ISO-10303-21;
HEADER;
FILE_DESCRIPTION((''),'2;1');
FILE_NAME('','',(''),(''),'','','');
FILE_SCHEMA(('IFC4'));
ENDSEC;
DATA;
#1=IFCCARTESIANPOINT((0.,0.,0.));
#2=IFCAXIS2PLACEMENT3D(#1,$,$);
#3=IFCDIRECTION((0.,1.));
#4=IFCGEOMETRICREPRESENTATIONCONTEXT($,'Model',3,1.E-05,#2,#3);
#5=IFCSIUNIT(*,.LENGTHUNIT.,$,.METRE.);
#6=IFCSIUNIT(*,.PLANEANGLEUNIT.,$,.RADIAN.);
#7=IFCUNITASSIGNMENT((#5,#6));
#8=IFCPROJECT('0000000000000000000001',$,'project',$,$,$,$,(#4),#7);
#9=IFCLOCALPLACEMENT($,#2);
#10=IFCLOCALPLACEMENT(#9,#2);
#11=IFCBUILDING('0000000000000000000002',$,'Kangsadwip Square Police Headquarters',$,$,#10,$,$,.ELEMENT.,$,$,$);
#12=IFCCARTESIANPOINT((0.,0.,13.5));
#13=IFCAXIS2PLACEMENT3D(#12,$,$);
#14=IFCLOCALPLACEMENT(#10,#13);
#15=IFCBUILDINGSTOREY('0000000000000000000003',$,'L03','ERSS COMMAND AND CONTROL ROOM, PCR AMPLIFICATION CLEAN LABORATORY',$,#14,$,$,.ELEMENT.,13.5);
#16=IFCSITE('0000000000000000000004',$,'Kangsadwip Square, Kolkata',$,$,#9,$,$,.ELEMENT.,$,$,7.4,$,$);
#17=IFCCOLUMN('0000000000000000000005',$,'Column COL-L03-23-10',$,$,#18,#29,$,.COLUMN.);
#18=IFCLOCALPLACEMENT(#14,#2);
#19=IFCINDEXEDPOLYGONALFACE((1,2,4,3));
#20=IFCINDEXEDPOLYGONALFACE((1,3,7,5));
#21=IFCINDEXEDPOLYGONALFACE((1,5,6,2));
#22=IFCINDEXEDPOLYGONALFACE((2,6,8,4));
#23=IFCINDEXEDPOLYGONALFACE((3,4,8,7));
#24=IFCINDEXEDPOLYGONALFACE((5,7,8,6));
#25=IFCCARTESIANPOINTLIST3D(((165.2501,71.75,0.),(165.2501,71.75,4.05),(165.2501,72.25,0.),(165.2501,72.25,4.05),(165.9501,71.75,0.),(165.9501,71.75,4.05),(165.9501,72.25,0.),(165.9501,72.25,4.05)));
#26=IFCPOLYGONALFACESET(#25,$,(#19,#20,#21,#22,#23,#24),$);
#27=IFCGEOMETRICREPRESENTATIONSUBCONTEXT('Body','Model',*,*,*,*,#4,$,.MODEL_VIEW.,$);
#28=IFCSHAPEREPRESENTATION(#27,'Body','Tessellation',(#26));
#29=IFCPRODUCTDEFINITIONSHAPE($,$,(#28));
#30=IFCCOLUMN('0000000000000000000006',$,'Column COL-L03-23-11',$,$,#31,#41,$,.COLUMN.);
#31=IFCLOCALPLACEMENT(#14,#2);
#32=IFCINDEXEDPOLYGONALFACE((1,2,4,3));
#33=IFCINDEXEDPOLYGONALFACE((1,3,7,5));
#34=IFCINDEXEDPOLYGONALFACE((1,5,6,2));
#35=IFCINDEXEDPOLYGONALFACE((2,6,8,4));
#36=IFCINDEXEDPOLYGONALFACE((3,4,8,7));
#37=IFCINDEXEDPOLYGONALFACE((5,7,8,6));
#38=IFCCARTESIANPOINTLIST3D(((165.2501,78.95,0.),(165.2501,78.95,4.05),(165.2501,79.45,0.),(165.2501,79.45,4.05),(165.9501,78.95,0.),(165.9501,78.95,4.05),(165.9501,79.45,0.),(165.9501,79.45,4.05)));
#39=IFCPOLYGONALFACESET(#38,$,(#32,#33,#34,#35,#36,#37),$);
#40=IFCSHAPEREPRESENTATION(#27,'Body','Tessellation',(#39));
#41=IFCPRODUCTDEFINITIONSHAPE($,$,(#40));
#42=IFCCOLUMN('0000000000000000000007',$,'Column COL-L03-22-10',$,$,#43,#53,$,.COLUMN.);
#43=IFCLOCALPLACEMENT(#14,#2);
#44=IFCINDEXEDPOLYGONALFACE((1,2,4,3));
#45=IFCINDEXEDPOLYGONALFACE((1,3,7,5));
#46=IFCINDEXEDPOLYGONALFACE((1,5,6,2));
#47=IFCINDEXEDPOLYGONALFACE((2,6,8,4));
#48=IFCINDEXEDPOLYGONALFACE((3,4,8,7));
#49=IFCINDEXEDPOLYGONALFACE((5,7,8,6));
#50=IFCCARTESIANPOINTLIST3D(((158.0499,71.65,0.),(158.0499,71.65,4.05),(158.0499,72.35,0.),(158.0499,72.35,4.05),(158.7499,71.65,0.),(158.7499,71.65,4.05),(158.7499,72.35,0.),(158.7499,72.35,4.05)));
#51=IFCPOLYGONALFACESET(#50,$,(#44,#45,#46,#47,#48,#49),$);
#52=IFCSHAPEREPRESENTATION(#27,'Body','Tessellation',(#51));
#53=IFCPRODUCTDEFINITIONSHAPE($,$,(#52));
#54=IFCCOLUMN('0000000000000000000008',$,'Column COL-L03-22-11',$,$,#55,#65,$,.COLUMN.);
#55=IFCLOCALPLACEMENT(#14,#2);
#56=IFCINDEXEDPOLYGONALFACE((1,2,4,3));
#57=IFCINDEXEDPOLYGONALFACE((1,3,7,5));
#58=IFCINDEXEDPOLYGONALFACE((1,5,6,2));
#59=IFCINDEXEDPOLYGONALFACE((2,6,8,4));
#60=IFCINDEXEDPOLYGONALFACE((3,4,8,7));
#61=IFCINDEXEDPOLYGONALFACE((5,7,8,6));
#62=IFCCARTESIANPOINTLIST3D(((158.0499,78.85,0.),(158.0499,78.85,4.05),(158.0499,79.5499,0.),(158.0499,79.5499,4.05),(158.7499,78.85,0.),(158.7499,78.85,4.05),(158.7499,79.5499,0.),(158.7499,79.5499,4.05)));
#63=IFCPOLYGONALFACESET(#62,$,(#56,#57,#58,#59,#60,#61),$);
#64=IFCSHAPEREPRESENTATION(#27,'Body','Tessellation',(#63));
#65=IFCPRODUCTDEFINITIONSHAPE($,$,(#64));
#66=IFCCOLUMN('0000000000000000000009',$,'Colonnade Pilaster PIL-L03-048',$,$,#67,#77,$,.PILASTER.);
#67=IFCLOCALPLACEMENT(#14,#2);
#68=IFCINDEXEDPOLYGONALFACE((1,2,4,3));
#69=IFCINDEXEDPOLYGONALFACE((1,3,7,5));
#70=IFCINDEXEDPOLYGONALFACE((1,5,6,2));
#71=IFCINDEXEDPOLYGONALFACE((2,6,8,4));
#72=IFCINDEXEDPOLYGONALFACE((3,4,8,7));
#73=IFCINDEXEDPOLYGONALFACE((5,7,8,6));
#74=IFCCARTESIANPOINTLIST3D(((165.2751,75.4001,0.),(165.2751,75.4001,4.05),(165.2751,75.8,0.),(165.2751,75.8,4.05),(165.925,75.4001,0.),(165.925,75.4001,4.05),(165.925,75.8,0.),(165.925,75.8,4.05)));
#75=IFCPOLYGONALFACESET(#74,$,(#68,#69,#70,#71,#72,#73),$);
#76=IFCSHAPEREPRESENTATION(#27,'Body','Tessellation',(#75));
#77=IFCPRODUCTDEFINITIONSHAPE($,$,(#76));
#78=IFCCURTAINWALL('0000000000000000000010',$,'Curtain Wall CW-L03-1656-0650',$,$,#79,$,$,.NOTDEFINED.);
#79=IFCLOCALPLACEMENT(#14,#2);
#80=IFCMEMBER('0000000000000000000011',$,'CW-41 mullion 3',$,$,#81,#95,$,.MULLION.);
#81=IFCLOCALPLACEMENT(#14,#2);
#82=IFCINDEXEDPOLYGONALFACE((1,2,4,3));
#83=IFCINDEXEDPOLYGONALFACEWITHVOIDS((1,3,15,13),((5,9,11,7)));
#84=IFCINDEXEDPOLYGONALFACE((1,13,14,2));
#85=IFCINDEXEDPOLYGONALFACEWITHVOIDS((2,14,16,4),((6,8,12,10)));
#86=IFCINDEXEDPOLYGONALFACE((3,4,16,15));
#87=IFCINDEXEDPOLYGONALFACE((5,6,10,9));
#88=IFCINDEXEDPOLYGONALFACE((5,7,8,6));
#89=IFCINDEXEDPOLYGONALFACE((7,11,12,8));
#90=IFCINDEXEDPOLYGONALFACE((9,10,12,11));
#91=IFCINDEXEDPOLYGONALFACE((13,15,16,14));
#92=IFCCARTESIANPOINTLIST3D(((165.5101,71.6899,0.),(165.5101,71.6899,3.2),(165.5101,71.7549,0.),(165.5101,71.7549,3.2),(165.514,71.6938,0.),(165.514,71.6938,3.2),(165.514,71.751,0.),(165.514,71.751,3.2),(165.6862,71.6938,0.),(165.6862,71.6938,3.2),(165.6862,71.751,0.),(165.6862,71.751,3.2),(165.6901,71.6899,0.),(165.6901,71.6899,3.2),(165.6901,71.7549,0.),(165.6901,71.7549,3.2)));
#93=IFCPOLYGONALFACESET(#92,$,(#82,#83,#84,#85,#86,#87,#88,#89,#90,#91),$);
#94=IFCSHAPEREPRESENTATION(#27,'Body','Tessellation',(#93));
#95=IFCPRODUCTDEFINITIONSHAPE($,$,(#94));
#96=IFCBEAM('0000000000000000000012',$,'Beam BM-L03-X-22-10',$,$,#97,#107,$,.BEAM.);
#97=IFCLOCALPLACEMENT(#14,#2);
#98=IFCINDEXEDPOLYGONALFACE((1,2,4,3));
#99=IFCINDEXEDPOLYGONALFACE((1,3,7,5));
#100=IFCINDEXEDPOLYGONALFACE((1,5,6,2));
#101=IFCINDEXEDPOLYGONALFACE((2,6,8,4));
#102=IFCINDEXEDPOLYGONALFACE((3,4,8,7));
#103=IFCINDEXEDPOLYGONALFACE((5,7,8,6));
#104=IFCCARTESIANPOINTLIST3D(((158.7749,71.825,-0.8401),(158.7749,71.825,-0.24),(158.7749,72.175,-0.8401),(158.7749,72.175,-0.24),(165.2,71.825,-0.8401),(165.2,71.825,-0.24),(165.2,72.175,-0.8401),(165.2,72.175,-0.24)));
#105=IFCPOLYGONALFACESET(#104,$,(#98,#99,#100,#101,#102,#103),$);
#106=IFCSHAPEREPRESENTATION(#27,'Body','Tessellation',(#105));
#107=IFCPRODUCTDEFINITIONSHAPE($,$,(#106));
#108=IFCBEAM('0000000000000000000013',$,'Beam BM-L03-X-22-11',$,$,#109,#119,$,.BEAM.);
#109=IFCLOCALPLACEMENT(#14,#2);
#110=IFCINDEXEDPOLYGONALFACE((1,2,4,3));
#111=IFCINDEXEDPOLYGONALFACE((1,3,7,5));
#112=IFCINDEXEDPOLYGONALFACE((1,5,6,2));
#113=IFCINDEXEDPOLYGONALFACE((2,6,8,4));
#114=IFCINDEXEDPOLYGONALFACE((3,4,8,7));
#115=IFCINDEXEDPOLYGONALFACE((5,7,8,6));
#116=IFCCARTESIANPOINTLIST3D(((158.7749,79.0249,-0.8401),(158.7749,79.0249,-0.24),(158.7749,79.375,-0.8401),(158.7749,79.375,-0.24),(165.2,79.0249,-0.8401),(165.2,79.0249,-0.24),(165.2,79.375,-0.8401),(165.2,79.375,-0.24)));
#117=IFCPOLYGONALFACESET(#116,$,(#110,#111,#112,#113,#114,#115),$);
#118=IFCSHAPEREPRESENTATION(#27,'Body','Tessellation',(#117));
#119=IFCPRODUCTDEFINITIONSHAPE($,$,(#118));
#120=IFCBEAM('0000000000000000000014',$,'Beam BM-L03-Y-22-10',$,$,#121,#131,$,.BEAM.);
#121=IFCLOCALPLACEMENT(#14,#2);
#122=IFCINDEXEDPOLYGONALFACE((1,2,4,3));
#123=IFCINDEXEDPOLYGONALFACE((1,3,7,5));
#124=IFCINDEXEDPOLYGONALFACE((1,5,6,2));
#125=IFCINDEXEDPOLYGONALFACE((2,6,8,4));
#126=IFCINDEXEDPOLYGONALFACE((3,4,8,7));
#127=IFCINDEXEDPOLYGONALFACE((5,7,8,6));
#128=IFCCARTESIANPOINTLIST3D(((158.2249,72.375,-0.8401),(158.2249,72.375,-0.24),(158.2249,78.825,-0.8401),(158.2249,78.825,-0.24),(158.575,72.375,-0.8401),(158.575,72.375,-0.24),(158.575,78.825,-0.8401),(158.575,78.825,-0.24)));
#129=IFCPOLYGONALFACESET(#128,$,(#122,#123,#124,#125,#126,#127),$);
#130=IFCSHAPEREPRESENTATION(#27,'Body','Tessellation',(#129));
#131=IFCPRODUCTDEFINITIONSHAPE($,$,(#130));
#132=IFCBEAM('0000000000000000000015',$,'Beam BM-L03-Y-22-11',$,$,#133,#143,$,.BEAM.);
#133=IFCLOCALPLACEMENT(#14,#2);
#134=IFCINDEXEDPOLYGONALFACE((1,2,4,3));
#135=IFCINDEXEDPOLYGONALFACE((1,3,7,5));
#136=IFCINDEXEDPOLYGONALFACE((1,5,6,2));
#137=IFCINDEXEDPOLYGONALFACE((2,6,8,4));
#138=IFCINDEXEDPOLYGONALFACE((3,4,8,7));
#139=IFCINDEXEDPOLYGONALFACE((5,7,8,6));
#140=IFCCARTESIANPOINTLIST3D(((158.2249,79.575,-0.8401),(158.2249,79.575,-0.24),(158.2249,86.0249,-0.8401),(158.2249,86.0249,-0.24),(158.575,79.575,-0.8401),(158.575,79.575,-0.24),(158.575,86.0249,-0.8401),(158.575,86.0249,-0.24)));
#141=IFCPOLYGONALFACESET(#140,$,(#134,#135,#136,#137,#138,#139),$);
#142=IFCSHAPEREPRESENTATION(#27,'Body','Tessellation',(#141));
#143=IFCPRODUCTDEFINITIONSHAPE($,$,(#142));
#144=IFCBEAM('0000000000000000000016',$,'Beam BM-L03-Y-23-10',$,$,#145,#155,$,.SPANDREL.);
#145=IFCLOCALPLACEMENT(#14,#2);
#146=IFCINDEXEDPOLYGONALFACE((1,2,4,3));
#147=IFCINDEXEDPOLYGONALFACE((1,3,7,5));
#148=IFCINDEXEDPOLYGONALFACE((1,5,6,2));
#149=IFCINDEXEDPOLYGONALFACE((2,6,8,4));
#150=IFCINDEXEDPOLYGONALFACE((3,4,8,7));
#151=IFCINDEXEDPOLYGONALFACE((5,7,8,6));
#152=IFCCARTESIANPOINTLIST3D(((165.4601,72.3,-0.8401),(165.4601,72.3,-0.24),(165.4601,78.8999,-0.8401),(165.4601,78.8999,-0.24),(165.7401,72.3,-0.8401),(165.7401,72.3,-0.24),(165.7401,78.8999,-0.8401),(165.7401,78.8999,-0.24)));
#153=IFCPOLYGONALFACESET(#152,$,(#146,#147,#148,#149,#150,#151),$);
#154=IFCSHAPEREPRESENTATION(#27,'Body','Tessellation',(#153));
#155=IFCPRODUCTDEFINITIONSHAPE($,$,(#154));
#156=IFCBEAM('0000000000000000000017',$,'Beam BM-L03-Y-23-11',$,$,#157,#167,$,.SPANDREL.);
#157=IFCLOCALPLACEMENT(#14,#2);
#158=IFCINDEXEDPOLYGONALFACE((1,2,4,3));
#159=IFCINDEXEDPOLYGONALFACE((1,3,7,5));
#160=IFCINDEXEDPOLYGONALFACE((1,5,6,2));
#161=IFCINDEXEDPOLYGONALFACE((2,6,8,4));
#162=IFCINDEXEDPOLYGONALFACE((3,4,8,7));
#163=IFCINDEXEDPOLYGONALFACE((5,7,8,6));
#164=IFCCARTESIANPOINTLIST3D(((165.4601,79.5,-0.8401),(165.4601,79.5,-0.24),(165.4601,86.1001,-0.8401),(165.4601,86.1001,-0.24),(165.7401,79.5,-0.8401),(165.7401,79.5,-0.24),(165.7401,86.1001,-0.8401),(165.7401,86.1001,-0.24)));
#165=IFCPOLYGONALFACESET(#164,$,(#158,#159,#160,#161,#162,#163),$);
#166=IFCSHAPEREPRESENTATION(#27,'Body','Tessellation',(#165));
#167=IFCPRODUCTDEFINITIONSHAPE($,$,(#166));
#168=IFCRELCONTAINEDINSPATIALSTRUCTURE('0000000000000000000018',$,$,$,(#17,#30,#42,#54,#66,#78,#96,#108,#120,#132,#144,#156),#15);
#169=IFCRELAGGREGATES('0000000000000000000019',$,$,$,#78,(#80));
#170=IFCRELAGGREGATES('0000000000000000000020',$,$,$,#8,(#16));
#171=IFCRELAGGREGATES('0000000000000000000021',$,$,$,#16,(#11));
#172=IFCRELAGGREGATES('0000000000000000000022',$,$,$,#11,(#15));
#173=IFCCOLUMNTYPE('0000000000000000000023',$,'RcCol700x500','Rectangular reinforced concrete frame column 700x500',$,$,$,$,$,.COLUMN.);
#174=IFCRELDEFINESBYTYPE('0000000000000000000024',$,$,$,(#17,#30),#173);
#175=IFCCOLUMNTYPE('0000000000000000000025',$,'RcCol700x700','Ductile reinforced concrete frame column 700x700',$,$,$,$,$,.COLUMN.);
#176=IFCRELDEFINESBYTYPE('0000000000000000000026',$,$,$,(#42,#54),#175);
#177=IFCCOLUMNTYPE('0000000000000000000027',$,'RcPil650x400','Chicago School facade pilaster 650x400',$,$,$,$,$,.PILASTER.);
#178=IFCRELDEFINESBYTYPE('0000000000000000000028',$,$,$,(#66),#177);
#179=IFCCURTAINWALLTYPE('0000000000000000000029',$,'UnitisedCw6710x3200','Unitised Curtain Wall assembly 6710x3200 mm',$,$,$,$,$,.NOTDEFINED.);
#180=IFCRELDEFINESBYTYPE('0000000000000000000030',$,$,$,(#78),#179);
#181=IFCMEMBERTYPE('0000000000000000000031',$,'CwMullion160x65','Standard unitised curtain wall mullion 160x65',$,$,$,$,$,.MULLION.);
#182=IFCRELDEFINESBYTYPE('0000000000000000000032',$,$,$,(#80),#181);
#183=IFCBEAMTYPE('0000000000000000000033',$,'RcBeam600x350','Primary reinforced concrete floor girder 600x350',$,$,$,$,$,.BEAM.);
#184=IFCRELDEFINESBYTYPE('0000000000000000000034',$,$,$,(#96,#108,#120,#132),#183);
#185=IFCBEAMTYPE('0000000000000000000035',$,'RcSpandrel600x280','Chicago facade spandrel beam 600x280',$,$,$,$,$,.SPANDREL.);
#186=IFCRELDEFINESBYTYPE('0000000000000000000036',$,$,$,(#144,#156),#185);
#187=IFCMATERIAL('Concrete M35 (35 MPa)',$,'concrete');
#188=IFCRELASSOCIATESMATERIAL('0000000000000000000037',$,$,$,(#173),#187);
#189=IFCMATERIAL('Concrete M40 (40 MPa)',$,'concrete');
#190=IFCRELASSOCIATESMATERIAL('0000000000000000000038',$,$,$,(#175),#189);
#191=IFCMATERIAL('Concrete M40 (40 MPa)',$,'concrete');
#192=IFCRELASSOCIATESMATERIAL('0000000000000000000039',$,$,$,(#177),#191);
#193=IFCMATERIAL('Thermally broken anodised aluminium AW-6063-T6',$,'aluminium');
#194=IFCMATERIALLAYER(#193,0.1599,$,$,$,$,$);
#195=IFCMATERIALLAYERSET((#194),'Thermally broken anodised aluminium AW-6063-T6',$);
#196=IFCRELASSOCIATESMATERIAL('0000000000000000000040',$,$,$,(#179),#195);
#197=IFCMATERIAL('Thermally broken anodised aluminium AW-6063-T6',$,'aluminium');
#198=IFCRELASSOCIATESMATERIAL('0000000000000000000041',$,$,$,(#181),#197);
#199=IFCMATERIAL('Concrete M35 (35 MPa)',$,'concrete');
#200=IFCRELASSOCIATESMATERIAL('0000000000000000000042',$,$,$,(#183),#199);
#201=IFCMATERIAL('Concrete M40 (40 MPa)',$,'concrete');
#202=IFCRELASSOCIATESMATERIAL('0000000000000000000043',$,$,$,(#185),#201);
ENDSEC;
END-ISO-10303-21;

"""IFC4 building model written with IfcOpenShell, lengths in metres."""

from ifc_helpers import new_model, si_unit, direction, frame, origin, origin_2d, place, context, subcontext, project, spatial, rectangle, hollow_rectangle, extrude, material, layer, layer_set, material_profile, profile_set, type_object, element, aggregate, save


model = new_model("IFC4")

# Units and contexts
model_context = context("Model", 3, precision=1e-05, world=origin(), true_north=direction((0.0, 1.0)))
body_context = subcontext(model_context, "Body", "Model", "MODEL_VIEW")
ifc_project = project(units=[si_unit("LENGTHUNIT", "METRE"), si_unit("PLANEANGLEUNIT", "RADIAN")], contexts=[model_context])

# Site, building, storey
site_placement = place(None, origin())
site = spatial("IfcSite", under=ifc_project, at=site_placement, Name="Kangsadwip Square, Kolkata", CompositionType="ELEMENT", RefElevation=7.4)
building_placement = place(site_placement, origin())
building = spatial("IfcBuilding", under=site, at=building_placement, Name="Kangsadwip Square Police Headquarters", CompositionType="ELEMENT")
storey_placement = place(building_placement, frame((0.0, 0.0, 13.5)))
storey = spatial("IfcBuildingStorey", under=building, at=storey_placement, Name="L03", Description="ERSS COMMAND AND CONTROL ROOM, PCR AMPLIFICATION CLEAN LABORATORY", CompositionType="ELEMENT", Elevation=13.5)

# Columns
ifc_material_1 = material(Name="Concrete M35 (35 MPa)", Category="concrete")
ifc_material_profile_1 = material_profile(ifc_material_1, rectangle(XDim=0.5, YDim=0.7, at=origin_2d()), Name="RC COL 700X500")
ifc_profile_set_1 = profile_set([ifc_material_profile_1], Name="Concrete M35 (35 MPa)")
column_type_1 = type_object("IfcColumnType", Name="RcCol700x500", Description="Rectangular reinforced concrete frame column 700x500", PredefinedType="COLUMN", material=ifc_profile_set_1)
for number, where, z_axis, x_axis, name in (
    (1, (165.6001, 72.0, 0.0), (0.0, 0.0, 1.0), (0.0, 1.0, 0.0), "Column COL-L03-23-10"),
    (2, (165.6001, 79.2, 0.0), (0.0, 0.0, 1.0), (0.0, 1.0, 0.0), "Column COL-L03-23-11"),
):
    element("IfcColumn", number, at=place(storey_placement, frame(where, z_axis=z_axis, x_axis=x_axis)), inside=storey, type_object=column_type_1, Name=name, PredefinedType="COLUMN", context=body_context, shape_type="SweptSolid", body=[
        extrude(rectangle(XDim=0.5, YDim=0.7, at=origin_2d()), origin(), (0.0, 0.0, 1.0), 4.05),
    ])
ifc_material_2 = material(Name="Concrete M40 (40 MPa)", Category="concrete")
ifc_material_profile_2 = material_profile(ifc_material_2, rectangle(XDim=0.7, YDim=0.7, at=origin_2d()), Name="RC COL 700X700")
ifc_profile_set_2 = profile_set([ifc_material_profile_2], Name="Concrete M40 (40 MPa)")
column_type_2 = type_object("IfcColumnType", Name="RcCol700x700", Description="Ductile reinforced concrete frame column 700x700", PredefinedType="COLUMN", material=ifc_profile_set_2)
for number, where, z_axis, x_axis, name in (
    (3, (158.3999, 72.0, 0.0), (0.0, 0.0, 1.0), (1.0, 0.0, 0.0), "Column COL-L03-22-10"),
    (4, (158.3999, 79.2, 0.0), (0.0, 0.0, 1.0), (1.0, 0.0, 0.0), "Column COL-L03-22-11"),
):
    element("IfcColumn", number, at=place(storey_placement, frame(where, z_axis=z_axis, x_axis=x_axis)), inside=storey, type_object=column_type_2, Name=name, PredefinedType="COLUMN", context=body_context, shape_type="SweptSolid", body=[
        extrude(rectangle(XDim=0.7, YDim=0.7, at=origin_2d()), origin(), (0.0, 0.0, 1.0), 4.05),
    ])
ifc_material_3 = material(Name="Concrete M40 (40 MPa)", Category="concrete")
ifc_material_profile_3 = material_profile(ifc_material_3, rectangle(XDim=0.3999, YDim=0.6499, at=origin_2d()), Name="RC PIL 650X400")
ifc_profile_set_3 = profile_set([ifc_material_profile_3], Name="Concrete M40 (40 MPa)")
column_type_3 = type_object("IfcColumnType", Name="RcPil650x400", Description="Chicago School facade pilaster 650x400", PredefinedType="PILASTER", material=ifc_profile_set_3)
column_placement = place(storey_placement, frame((165.6001, 75.6001, 0.0), z_axis=(0.0, 0.0, 1.0), x_axis=(0.0, 1.0, 0.0)))
element("IfcColumn", 5, at=column_placement, inside=storey, type_object=column_type_3, Name="Colonnade Pilaster PIL-L03-048", PredefinedType="PILASTER", context=body_context, shape_type="SweptSolid", body=[
    extrude(rectangle(XDim=0.3999, YDim=0.6499, at=origin_2d()), origin(), (0.0, 0.0, 1.0), 4.05),
])

# Curtain wall, member
ifc_material_4 = material(Name="Thermally broken anodised aluminium AW-6063-T6", Category="aluminium")
ifc_layer_1 = layer(ifc_material_4, 0.1599)
ifc_layer_set_1 = layer_set([ifc_layer_1], Name="Thermally broken anodised aluminium AW-6063-T6")
curtain_wall_type = type_object("IfcCurtainWallType", Name="UnitisedCw6710x3200", Description="Unitised Curtain Wall assembly 6710x3200 mm", PredefinedType="NOTDEFINED", material=ifc_layer_set_1)
curtain_wall_placement = place(storey_placement, origin())
curtain_wall = element("IfcCurtainWall", 6, at=curtain_wall_placement, inside=storey, type_object=curtain_wall_type, Name="Curtain Wall CW-L03-1656-0650", PredefinedType="NOTDEFINED")
ifc_material_5 = material(Name="Thermally broken anodised aluminium AW-6063-T6", Category="aluminium")
ifc_material_profile_4 = material_profile(ifc_material_5, hollow_rectangle(XDim=0.0649, YDim=0.1799, WallThickness=0.0039, at=origin_2d()), Name="CWM 180X65X4")
ifc_profile_set_4 = profile_set([ifc_material_profile_4], Name="Thermally broken anodised aluminium AW-6063-T6")
member_type = type_object("IfcMemberType", Name="CwMullion160x65", Description="Standard unitised curtain wall mullion 160x65", PredefinedType="MULLION", material=ifc_profile_set_4)
member_placement = place(storey_placement, frame((165.6001, 71.7224, 0.0), z_axis=(0.0, 0.0, 1.0), x_axis=(0.0, 1.0, 0.0)))
member = element("IfcMember", 7, at=member_placement, type_object=member_type, Name="CW-41 mullion 3", PredefinedType="MULLION", context=body_context, shape_type="SweptSolid", body=[
    extrude(hollow_rectangle(XDim=0.0649, YDim=0.1799, WallThickness=0.0039, at=origin_2d()), origin(), (0.0, 0.0, 1.0), 3.2),
])
aggregate(curtain_wall, [member])

# Beams
ifc_material_6 = material(Name="Concrete M35 (35 MPa)", Category="concrete")
ifc_material_profile_5 = material_profile(ifc_material_6, rectangle(XDim=0.3501, YDim=0.6001, at=origin_2d()), Name="RC BM 600X350")
ifc_profile_set_5 = profile_set([ifc_material_profile_5], Name="Concrete M35 (35 MPa)")
beam_type_1 = type_object("IfcBeamType", Name="RcBeam600x350", Description="Primary reinforced concrete floor girder 600x350", PredefinedType="BEAM", material=ifc_profile_set_5)
for number, where, z_axis, x_axis, name in (
    (8, (158.7749, 72.0, -0.54), (1.0, 0.0, 0.0), (0.0, 1.0, 0.0), "Beam BM-L03-X-22-10"),
    (9, (158.7749, 79.2, -0.54), (1.0, 0.0, 0.0), (0.0, 1.0, 0.0), "Beam BM-L03-X-22-11"),
):
    element("IfcBeam", number, at=place(storey_placement, frame(where, z_axis=z_axis, x_axis=x_axis)), inside=storey, type_object=beam_type_1, Name=name, PredefinedType="BEAM", context=body_context, shape_type="SweptSolid", body=[
        extrude(rectangle(XDim=0.3501, YDim=0.6001, at=origin_2d()), origin(), (0.0, 0.0, 1.0), 6.425),
    ])
for number, where, z_axis, x_axis, name in (
    (10, (158.3999, 72.375, -0.54), (0.0, 1.0, 0.0), (-1.0, 0.0, 0.0), "Beam BM-L03-Y-22-10"),
    (11, (158.3999, 79.575, -0.54), (0.0, 1.0, 0.0), (-1.0, 0.0, 0.0), "Beam BM-L03-Y-22-11"),
):
    element("IfcBeam", number, at=place(storey_placement, frame(where, z_axis=z_axis, x_axis=x_axis)), inside=storey, type_object=beam_type_1, Name=name, PredefinedType="BEAM", context=body_context, shape_type="SweptSolid", body=[
        extrude(rectangle(XDim=0.3501, YDim=0.6001, at=origin_2d()), origin(), (0.0, 0.0, 1.0), 6.45),
    ])
ifc_material_7 = material(Name="Concrete M40 (40 MPa)", Category="concrete")
ifc_material_profile_6 = material_profile(ifc_material_7, rectangle(XDim=0.28, YDim=0.6001, at=origin_2d()), Name="RC SPN 600X280")
ifc_profile_set_6 = profile_set([ifc_material_profile_6], Name="Concrete M40 (40 MPa)")
beam_type_2 = type_object("IfcBeamType", Name="RcSpandrel600x280", Description="Chicago facade spandrel beam 600x280", PredefinedType="SPANDREL", material=ifc_profile_set_6)
beam_1_placement = place(storey_placement, frame((165.6001, 72.3, -0.54), z_axis=(0.0, 1.0, 0.0), x_axis=(-1.0, 0.0, 0.0)))
element("IfcBeam", 12, at=beam_1_placement, inside=storey, type_object=beam_type_2, Name="Beam BM-L03-Y-23-10", PredefinedType="SPANDREL", context=body_context, shape_type="SweptSolid", body=[
    extrude(rectangle(XDim=0.28, YDim=0.6001, at=origin_2d()), origin(), (0.0, 0.0, 1.0), 6.5999),
])
beam_2_placement = place(storey_placement, frame((165.6001, 79.5, -0.54), z_axis=(0.0, 1.0, 0.0), x_axis=(-1.0, 0.0, 0.0)))
element("IfcBeam", 13, at=beam_2_placement, inside=storey, type_object=beam_type_2, Name="Beam BM-L03-Y-23-11", PredefinedType="SPANDREL", context=body_context, shape_type="SweptSolid", body=[
    extrude(rectangle(XDim=0.28, YDim=0.6001, at=origin_2d()), origin(), (0.0, 0.0, 1.0), 6.6001),
])

save(model, "model.ifc")
